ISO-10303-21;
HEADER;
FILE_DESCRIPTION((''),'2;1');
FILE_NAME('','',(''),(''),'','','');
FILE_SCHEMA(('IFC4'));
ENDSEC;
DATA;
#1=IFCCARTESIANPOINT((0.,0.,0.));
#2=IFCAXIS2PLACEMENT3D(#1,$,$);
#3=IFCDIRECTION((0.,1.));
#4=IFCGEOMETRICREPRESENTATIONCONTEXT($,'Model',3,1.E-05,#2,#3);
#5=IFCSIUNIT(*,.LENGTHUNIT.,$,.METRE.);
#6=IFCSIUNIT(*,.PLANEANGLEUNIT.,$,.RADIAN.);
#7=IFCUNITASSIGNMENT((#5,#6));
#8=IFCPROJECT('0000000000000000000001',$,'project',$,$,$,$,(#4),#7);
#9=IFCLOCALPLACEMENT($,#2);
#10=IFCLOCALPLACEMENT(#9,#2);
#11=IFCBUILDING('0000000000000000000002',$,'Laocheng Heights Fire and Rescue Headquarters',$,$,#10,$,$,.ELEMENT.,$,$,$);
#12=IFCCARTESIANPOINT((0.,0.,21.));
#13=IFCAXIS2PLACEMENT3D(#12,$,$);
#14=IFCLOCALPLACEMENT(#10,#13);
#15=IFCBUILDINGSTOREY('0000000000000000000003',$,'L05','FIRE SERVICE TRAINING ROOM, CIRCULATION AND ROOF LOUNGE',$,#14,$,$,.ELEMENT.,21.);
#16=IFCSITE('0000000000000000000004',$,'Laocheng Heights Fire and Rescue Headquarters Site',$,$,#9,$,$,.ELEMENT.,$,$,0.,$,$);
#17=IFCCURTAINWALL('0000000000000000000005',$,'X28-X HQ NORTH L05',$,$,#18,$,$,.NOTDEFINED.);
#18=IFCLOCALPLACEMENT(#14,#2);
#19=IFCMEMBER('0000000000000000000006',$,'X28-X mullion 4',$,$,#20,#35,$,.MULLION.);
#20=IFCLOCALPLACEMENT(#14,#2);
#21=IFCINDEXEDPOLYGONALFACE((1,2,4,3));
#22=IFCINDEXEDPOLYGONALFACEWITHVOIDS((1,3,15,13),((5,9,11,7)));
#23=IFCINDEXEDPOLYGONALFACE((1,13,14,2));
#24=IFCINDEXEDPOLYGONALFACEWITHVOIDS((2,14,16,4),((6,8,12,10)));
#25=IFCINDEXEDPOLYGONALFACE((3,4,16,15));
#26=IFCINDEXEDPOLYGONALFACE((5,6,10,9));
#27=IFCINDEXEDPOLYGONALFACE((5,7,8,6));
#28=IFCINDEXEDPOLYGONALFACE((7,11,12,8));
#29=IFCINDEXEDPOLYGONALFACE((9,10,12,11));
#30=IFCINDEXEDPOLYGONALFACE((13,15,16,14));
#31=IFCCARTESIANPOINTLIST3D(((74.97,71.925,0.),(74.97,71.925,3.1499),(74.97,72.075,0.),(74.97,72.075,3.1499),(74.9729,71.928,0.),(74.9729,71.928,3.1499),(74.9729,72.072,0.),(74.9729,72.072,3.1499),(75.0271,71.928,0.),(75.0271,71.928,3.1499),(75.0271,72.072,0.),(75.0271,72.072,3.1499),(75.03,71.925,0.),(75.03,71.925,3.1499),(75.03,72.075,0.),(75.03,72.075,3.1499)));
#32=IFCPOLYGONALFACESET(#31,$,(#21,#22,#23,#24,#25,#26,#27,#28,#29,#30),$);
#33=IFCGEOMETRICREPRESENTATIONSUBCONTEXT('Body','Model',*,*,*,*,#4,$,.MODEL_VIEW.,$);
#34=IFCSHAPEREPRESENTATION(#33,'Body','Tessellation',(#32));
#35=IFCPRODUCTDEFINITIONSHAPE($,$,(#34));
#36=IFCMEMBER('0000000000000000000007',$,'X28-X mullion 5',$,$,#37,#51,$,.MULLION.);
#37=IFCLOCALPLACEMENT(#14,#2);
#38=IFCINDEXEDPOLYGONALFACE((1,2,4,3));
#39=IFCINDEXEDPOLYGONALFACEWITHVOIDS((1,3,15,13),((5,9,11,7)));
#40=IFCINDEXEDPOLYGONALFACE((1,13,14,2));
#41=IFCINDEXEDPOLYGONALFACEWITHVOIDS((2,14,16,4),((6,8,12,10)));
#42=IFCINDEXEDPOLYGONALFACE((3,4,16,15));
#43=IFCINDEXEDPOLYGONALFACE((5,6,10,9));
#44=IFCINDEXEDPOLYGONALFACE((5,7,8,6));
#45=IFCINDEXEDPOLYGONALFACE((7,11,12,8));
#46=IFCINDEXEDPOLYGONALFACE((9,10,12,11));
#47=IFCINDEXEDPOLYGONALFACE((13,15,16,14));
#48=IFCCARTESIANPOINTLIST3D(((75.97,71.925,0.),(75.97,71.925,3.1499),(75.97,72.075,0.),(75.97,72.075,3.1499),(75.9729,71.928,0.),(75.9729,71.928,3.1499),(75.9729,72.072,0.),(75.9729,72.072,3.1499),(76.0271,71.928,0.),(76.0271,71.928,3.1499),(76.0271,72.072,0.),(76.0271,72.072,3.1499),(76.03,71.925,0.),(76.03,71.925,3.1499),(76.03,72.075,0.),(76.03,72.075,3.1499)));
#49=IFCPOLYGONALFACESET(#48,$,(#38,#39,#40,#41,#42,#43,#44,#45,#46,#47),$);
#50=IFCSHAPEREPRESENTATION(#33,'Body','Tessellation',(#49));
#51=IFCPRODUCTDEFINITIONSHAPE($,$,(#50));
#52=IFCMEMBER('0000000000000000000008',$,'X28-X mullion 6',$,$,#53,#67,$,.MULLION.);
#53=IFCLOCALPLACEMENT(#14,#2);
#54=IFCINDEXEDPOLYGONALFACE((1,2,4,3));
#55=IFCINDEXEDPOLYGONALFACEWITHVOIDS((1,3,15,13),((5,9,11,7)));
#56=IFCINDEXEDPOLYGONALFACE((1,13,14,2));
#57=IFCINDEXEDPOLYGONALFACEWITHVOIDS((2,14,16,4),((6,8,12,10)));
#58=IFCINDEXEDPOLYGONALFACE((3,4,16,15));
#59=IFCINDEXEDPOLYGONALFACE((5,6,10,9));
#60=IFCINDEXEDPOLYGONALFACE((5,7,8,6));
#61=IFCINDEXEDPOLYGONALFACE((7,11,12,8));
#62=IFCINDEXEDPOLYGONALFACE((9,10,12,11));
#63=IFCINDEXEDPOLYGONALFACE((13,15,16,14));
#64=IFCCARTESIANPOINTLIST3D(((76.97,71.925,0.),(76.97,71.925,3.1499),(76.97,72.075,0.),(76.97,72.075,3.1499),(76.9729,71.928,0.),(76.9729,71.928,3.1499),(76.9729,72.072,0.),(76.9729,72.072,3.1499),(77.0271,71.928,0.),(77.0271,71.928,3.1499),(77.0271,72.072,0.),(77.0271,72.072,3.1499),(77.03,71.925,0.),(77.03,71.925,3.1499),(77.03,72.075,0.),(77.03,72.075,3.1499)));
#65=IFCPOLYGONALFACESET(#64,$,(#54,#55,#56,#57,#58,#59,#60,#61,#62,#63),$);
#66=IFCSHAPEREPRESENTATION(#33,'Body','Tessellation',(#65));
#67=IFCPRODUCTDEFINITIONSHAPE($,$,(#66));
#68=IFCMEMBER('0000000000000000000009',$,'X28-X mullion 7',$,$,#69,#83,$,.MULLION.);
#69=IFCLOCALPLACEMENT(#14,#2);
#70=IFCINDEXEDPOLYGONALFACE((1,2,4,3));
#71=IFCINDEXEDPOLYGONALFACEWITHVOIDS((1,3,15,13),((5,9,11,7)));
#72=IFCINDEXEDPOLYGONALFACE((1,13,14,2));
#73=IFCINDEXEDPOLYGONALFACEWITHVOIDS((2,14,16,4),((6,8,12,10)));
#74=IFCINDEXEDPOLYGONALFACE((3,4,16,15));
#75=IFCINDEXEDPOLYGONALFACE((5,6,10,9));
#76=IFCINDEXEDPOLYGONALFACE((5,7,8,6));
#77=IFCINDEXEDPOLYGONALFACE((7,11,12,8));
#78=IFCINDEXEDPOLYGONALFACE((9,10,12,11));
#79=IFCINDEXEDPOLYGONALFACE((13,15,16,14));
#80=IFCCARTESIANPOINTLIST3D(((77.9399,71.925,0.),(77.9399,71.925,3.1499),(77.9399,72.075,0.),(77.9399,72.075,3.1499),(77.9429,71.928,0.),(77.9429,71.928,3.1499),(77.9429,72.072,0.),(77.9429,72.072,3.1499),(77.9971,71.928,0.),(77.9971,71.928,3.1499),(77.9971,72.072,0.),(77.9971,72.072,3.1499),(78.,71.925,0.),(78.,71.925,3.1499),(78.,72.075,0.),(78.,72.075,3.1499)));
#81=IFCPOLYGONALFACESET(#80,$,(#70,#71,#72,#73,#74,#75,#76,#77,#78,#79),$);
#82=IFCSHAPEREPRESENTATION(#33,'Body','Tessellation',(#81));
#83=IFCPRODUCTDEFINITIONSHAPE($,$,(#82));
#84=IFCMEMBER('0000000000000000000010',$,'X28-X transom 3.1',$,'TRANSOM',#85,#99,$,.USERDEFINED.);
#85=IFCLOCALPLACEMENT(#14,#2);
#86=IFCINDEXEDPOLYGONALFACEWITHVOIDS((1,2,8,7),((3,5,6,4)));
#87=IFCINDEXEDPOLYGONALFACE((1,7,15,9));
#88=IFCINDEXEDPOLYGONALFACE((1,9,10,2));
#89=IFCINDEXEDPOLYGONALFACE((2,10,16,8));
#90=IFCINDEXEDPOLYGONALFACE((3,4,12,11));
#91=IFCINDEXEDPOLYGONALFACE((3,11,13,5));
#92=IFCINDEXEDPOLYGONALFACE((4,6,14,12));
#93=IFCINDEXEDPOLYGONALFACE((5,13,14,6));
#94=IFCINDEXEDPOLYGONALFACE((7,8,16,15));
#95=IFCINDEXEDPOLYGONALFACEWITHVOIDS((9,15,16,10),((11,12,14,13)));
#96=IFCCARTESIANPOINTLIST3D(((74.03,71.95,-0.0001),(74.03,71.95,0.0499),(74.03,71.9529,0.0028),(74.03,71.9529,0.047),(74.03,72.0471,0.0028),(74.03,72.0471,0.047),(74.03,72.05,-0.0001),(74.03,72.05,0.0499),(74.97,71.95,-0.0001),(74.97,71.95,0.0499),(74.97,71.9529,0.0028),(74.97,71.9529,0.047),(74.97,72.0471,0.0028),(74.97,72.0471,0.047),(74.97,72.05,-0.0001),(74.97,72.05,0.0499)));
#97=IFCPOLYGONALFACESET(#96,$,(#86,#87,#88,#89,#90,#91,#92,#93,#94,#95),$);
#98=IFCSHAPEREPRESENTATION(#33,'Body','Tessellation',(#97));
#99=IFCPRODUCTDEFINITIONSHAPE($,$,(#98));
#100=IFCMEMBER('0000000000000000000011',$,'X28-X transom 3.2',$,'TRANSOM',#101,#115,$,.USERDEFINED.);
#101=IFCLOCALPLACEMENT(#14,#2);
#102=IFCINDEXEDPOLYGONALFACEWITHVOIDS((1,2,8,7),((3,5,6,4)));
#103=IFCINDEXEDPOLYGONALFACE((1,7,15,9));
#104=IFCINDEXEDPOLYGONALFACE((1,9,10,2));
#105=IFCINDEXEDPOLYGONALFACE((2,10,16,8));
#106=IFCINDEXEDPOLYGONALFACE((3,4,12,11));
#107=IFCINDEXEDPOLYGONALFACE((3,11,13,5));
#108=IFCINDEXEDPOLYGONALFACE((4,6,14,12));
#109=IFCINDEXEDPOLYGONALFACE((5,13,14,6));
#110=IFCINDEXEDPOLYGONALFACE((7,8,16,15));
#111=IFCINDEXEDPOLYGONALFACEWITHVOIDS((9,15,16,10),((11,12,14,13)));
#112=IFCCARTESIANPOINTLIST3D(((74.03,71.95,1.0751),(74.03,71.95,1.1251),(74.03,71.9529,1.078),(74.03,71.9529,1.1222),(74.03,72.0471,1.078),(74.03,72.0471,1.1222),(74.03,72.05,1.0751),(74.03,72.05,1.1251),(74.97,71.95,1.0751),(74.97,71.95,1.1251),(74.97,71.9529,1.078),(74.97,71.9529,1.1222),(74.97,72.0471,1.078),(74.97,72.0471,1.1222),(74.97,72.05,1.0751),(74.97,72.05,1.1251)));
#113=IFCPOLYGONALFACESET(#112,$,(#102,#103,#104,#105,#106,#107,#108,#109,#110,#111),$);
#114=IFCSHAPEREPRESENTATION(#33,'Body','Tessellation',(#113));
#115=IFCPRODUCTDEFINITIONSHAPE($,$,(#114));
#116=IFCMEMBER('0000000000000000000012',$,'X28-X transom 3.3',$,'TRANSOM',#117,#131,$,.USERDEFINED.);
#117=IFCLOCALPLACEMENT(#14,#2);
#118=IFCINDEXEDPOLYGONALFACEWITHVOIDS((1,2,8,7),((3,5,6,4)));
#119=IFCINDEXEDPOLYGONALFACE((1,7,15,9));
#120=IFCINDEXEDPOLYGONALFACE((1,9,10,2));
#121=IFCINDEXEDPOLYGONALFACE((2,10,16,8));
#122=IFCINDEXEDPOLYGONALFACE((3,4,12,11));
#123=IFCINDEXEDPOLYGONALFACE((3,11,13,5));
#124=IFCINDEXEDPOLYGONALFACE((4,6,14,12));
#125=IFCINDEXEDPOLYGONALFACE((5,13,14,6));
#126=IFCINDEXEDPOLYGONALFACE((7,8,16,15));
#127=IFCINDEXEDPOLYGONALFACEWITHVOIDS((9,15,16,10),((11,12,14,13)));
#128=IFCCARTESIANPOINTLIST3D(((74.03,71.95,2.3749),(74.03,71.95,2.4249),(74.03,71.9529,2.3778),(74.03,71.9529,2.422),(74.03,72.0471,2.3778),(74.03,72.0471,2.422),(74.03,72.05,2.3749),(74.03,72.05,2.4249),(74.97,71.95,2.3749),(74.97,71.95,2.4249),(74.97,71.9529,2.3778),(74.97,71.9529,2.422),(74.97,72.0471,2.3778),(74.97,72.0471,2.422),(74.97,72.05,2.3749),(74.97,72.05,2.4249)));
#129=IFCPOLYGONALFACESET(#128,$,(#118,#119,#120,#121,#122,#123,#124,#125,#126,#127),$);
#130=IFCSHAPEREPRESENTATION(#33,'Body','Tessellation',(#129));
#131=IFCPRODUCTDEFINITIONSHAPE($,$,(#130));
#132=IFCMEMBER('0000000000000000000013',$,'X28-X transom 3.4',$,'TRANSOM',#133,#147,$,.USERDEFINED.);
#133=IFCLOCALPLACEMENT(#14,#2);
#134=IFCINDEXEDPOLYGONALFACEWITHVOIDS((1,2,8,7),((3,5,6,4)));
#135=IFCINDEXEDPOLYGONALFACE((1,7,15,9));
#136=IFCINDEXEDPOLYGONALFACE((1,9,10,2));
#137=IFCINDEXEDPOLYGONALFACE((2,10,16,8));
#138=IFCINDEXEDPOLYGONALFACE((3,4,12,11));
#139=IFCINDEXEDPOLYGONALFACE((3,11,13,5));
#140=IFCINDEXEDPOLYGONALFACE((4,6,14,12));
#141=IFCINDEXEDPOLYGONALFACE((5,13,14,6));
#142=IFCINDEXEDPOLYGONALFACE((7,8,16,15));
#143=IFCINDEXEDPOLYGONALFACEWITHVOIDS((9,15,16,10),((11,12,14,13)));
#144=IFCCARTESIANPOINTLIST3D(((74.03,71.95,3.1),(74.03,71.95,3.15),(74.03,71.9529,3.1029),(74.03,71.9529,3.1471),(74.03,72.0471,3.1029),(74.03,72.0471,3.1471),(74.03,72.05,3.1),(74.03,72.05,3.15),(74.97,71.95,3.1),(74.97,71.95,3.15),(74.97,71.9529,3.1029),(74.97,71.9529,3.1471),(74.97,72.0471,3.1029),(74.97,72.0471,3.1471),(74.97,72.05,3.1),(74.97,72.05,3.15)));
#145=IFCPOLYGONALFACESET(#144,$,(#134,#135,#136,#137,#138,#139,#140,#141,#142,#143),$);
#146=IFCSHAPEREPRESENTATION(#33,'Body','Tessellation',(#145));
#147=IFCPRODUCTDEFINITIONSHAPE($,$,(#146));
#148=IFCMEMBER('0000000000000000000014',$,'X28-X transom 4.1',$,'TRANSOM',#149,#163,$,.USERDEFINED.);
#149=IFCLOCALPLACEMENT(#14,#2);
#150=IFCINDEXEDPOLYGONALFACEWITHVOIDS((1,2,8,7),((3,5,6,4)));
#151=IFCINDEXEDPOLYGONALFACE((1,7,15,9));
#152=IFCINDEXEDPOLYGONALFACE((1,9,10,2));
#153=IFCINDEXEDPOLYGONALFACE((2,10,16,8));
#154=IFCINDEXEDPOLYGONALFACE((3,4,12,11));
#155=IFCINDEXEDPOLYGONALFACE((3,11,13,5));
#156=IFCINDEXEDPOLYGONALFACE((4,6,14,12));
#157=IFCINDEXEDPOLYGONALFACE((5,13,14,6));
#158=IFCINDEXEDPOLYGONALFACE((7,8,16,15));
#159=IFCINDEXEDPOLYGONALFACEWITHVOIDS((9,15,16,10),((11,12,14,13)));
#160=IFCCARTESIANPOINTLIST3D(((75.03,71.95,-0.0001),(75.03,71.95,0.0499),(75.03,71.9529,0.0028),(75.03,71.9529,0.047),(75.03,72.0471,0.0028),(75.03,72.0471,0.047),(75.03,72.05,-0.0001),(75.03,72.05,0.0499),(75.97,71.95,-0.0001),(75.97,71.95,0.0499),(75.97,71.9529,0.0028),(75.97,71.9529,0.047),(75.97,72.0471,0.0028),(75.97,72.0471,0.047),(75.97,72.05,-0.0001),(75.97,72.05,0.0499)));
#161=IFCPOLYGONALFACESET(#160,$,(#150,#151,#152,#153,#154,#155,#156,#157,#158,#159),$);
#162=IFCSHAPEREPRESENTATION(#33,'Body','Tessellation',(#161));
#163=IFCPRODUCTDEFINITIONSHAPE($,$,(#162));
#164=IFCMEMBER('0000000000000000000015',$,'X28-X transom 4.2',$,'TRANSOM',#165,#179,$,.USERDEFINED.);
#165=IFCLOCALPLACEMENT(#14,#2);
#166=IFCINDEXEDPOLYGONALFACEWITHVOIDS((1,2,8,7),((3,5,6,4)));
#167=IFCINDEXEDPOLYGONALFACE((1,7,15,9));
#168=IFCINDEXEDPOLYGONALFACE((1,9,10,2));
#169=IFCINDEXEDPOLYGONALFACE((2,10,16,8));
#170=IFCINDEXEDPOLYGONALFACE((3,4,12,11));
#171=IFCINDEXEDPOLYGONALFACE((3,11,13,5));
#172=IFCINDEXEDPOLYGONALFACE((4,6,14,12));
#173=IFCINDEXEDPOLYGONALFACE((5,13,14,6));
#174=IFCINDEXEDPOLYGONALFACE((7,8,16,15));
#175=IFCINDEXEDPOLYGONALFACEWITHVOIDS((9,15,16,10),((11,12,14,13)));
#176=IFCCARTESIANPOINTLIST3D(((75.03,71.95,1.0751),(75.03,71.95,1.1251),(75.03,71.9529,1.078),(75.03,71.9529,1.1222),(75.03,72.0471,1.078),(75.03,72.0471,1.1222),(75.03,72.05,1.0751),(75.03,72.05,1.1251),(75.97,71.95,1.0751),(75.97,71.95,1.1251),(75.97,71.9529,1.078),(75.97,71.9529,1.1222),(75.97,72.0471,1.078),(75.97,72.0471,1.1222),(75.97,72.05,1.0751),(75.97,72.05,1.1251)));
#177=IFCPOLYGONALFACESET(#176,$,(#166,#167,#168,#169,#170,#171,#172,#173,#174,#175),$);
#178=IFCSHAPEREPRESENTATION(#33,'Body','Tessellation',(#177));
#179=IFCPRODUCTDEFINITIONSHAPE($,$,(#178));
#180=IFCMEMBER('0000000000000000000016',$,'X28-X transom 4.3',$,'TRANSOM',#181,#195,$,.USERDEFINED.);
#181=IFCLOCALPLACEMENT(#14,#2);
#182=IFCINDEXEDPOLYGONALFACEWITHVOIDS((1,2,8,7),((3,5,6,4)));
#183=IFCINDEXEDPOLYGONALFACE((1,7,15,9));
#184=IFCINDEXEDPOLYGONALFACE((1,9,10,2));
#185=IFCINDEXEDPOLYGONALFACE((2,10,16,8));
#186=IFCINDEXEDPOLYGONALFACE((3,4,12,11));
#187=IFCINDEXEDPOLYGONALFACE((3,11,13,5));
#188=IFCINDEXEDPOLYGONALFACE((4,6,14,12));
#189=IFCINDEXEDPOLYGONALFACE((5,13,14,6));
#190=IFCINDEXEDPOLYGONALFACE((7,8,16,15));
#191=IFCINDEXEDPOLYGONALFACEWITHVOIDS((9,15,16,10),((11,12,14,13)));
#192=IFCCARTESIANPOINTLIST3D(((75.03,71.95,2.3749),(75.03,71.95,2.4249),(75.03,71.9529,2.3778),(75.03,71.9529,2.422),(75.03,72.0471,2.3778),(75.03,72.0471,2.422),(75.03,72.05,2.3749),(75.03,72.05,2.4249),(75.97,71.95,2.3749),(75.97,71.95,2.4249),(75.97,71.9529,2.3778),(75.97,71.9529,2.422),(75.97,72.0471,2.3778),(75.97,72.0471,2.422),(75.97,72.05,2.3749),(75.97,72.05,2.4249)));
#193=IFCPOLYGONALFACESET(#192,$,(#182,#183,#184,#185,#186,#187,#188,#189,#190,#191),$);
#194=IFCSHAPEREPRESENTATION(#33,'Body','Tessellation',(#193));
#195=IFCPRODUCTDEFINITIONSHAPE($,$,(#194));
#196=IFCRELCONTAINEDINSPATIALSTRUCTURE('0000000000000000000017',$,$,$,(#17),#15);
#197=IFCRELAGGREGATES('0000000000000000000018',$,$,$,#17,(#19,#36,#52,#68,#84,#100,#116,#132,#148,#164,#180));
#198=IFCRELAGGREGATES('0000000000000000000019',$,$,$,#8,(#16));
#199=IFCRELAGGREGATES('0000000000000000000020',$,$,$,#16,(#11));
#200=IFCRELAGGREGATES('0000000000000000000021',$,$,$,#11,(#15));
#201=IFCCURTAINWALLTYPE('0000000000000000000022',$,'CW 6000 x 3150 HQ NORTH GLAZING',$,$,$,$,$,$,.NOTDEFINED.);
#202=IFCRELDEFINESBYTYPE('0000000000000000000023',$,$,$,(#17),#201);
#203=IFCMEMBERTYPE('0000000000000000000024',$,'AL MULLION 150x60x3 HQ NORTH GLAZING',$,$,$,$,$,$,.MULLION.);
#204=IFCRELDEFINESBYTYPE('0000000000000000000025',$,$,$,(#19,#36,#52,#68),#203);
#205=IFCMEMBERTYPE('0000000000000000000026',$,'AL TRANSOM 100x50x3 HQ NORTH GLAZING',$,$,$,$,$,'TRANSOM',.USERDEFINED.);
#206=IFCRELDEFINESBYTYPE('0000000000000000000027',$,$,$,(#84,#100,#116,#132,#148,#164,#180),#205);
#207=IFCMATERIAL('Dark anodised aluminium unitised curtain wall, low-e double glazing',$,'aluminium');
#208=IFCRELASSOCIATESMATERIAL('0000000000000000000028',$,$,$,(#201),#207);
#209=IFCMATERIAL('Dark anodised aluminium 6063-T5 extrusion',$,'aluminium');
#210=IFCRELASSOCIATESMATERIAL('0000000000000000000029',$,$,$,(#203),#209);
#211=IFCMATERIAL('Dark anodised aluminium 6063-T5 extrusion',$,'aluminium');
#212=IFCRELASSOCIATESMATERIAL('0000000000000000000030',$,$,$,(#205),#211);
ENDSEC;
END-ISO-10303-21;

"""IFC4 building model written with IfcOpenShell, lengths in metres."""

from ifc_helpers import new_model, si_unit, direction, frame, origin, origin_2d, place, context, subcontext, project, spatial, hollow_rectangle, extrude, material, material_profile, profile_set, type_object, element, aggregate, save


model = new_model("IFC4")

# Units and contexts
model_context = context("Model", 3, precision=1e-05, world=origin(), true_north=direction((0.0, 1.0)))
body_context = subcontext(model_context, "Body", "Model", "MODEL_VIEW")
ifc_project = project(units=[si_unit("LENGTHUNIT", "METRE"), si_unit("PLANEANGLEUNIT", "RADIAN")], contexts=[model_context])

# Site, building, storey
site_placement = place(None, origin())
site = spatial("IfcSite", under=ifc_project, at=site_placement, Name="Laocheng Heights Fire and Rescue Headquarters Site", CompositionType="ELEMENT", RefElevation=0.0)
building_placement = place(site_placement, origin())
building = spatial("IfcBuilding", under=site, at=building_placement, Name="Laocheng Heights Fire and Rescue Headquarters", CompositionType="ELEMENT")
storey_placement = place(building_placement, frame((0.0, 0.0, 21.0)))
storey = spatial("IfcBuildingStorey", under=building, at=storey_placement, Name="L05", Description="FIRE SERVICE TRAINING ROOM, CIRCULATION AND ROOF LOUNGE", CompositionType="ELEMENT", Elevation=21.0)

# Curtain wall, members
ifc_material_1 = material(Name="Dark anodised aluminium unitised curtain wall, low-e double glazing", Category="aluminium")
curtain_wall_type = type_object("IfcCurtainWallType", Name="CW 6000 x 3150 HQ NORTH GLAZING", PredefinedType="NOTDEFINED", material=ifc_material_1)
curtain_wall_placement = place(storey_placement, origin())
curtain_wall = element("IfcCurtainWall", 1, at=curtain_wall_placement, inside=storey, type_object=curtain_wall_type, Name="X28-X HQ NORTH L05", PredefinedType="NOTDEFINED")
ifc_material_2 = material(Name="Dark anodised aluminium 6063-T5 extrusion", Category="aluminium")
ifc_material_profile_1 = material_profile(ifc_material_2, hollow_rectangle(XDim=0.1499, YDim=0.0601, WallThickness=0.0029, at=origin_2d()), Name="AL MULLION 150x60x3 HQ NORTH GLAZING")
ifc_profile_set_1 = profile_set([ifc_material_profile_1], Name="Dark anodised aluminium 6063-T5 extrusion")
member_type_1 = type_object("IfcMemberType", Name="AL MULLION 150x60x3 HQ NORTH GLAZING", PredefinedType="MULLION", material=ifc_profile_set_1)
member_1_placement = place(storey_placement, frame((75.0, 72.0, 0.0), z_axis=(0.0, 0.0, 1.0), x_axis=(0.0, 1.0, 0.0)))
member_1 = element("IfcMember", 2, at=member_1_placement, type_object=member_type_1, Name="X28-X mullion 4", PredefinedType="MULLION", context=body_context, shape_type="SweptSolid", body=[
    extrude(hollow_rectangle(XDim=0.1499, YDim=0.0601, WallThickness=0.0029, at=origin_2d()), origin(), (0.0, 0.0, 1.0), 3.1499),
])
member_2_placement = place(storey_placement, frame((76.0, 72.0, 0.0), z_axis=(0.0, 0.0, 1.0), x_axis=(0.0, 1.0, 0.0)))
member_2 = element("IfcMember", 3, at=member_2_placement, type_object=member_type_1, Name="X28-X mullion 5", PredefinedType="MULLION", context=body_context, shape_type="SweptSolid", body=[
    extrude(hollow_rectangle(XDim=0.1499, YDim=0.0601, WallThickness=0.0029, at=origin_2d()), origin(), (0.0, 0.0, 1.0), 3.1499),
])
member_3_placement = place(storey_placement, frame((77.0, 72.0, 0.0), z_axis=(0.0, 0.0, 1.0), x_axis=(0.0, 1.0, 0.0)))
member_3 = element("IfcMember", 4, at=member_3_placement, type_object=member_type_1, Name="X28-X mullion 6", PredefinedType="MULLION", context=body_context, shape_type="SweptSolid", body=[
    extrude(hollow_rectangle(XDim=0.1499, YDim=0.0601, WallThickness=0.0029, at=origin_2d()), origin(), (0.0, 0.0, 1.0), 3.1499),
])
member_4_placement = place(storey_placement, frame((77.97, 72.0, 0.0), z_axis=(0.0, 0.0, 1.0), x_axis=(0.0, 1.0, 0.0)))
member_4 = element("IfcMember", 5, at=member_4_placement, type_object=member_type_1, Name="X28-X mullion 7", PredefinedType="MULLION", context=body_context, shape_type="SweptSolid", body=[
    extrude(hollow_rectangle(XDim=0.1499, YDim=0.0601, WallThickness=0.0029, at=origin_2d()), origin(), (0.0, 0.0, 1.0), 3.1499),
])
ifc_material_3 = material(Name="Dark anodised aluminium 6063-T5 extrusion", Category="aluminium")
ifc_material_profile_2 = material_profile(ifc_material_3, hollow_rectangle(XDim=0.1001, YDim=0.05, WallThickness=0.0029, at=origin_2d()), Name="AL TRANSOM 100x50x3 HQ NORTH GLAZING")
ifc_profile_set_2 = profile_set([ifc_material_profile_2], Name="Dark anodised aluminium 6063-T5 extrusion")
member_type_2 = type_object("IfcMemberType", Name="AL TRANSOM 100x50x3 HQ NORTH GLAZING", ElementType="TRANSOM", PredefinedType="USERDEFINED", material=ifc_profile_set_2)
member_5_placement = place(storey_placement, frame((74.03, 72.0, 0.0249), z_axis=(1.0, 0.0, 0.0), x_axis=(0.0, 1.0, 0.0)))
member_5 = element("IfcMember", 6, at=member_5_placement, type_object=member_type_2, Name="X28-X transom 3.1", ObjectType="TRANSOM", PredefinedType="USERDEFINED", context=body_context, shape_type="SweptSolid", body=[
    extrude(hollow_rectangle(XDim=0.1001, YDim=0.05, WallThickness=0.0029, at=origin_2d()), origin(), (0.0, 0.0, 1.0), 0.9399),
])
member_6_placement = place(storey_placement, frame((74.03, 72.0, 1.1001), z_axis=(1.0, 0.0, 0.0), x_axis=(0.0, 1.0, 0.0)))
member_6 = element("IfcMember", 7, at=member_6_placement, type_object=member_type_2, Name="X28-X transom 3.2", ObjectType="TRANSOM", PredefinedType="USERDEFINED", context=body_context, shape_type="SweptSolid", body=[
    extrude(hollow_rectangle(XDim=0.1001, YDim=0.05, WallThickness=0.0029, at=origin_2d()), origin(), (0.0, 0.0, 1.0), 0.9399),
])
member_7_placement = place(storey_placement, frame((74.03, 72.0, 2.3999), z_axis=(1.0, 0.0, 0.0), x_axis=(0.0, 1.0, 0.0)))
member_7 = element("IfcMember", 8, at=member_7_placement, type_object=member_type_2, Name="X28-X transom 3.3", ObjectType="TRANSOM", PredefinedType="USERDEFINED", context=body_context, shape_type="SweptSolid", body=[
    extrude(hollow_rectangle(XDim=0.1001, YDim=0.05, WallThickness=0.0029, at=origin_2d()), origin(), (0.0, 0.0, 1.0), 0.9399),
])
member_8_placement = place(storey_placement, frame((74.03, 72.0, 3.125), z_axis=(1.0, 0.0, 0.0), x_axis=(0.0, 1.0, 0.0)))
member_8 = element("IfcMember", 9, at=member_8_placement, type_object=member_type_2, Name="X28-X transom 3.4", ObjectType="TRANSOM", PredefinedType="USERDEFINED", context=body_context, shape_type="SweptSolid", body=[
    extrude(hollow_rectangle(XDim=0.1001, YDim=0.05, WallThickness=0.0029, at=origin_2d()), origin(), (0.0, 0.0, 1.0), 0.9399),
])
member_9_placement = place(storey_placement, frame((75.03, 72.0, 0.0249), z_axis=(1.0, 0.0, 0.0), x_axis=(0.0, 1.0, 0.0)))
member_9 = element("IfcMember", 10, at=member_9_placement, type_object=member_type_2, Name="X28-X transom 4.1", ObjectType="TRANSOM", PredefinedType="USERDEFINED", context=body_context, shape_type="SweptSolid", body=[
    extrude(hollow_rectangle(XDim=0.1001, YDim=0.05, WallThickness=0.0029, at=origin_2d()), origin(), (0.0, 0.0, 1.0), 0.9399),
])
member_10_placement = place(storey_placement, frame((75.03, 72.0, 1.1001), z_axis=(1.0, 0.0, 0.0), x_axis=(0.0, 1.0, 0.0)))
member_10 = element("IfcMember", 11, at=member_10_placement, type_object=member_type_2, Name="X28-X transom 4.2", ObjectType="TRANSOM", PredefinedType="USERDEFINED", context=body_context, shape_type="SweptSolid", body=[
    extrude(hollow_rectangle(XDim=0.1001, YDim=0.05, WallThickness=0.0029, at=origin_2d()), origin(), (0.0, 0.0, 1.0), 0.9399),
])
member_11_placement = place(storey_placement, frame((75.03, 72.0, 2.3999), z_axis=(1.0, 0.0, 0.0), x_axis=(0.0, 1.0, 0.0)))
member_11 = element("IfcMember", 12, at=member_11_placement, type_object=member_type_2, Name="X28-X transom 4.3", ObjectType="TRANSOM", PredefinedType="USERDEFINED", context=body_context, shape_type="SweptSolid", body=[
    extrude(hollow_rectangle(XDim=0.1001, YDim=0.05, WallThickness=0.0029, at=origin_2d()), origin(), (0.0, 0.0, 1.0), 0.9399),
])
aggregate(curtain_wall, [member_1, member_2, member_3, member_4, member_5, member_6, member_7, member_8, member_9, member_10, member_11])

save(model, "model.ifc")
